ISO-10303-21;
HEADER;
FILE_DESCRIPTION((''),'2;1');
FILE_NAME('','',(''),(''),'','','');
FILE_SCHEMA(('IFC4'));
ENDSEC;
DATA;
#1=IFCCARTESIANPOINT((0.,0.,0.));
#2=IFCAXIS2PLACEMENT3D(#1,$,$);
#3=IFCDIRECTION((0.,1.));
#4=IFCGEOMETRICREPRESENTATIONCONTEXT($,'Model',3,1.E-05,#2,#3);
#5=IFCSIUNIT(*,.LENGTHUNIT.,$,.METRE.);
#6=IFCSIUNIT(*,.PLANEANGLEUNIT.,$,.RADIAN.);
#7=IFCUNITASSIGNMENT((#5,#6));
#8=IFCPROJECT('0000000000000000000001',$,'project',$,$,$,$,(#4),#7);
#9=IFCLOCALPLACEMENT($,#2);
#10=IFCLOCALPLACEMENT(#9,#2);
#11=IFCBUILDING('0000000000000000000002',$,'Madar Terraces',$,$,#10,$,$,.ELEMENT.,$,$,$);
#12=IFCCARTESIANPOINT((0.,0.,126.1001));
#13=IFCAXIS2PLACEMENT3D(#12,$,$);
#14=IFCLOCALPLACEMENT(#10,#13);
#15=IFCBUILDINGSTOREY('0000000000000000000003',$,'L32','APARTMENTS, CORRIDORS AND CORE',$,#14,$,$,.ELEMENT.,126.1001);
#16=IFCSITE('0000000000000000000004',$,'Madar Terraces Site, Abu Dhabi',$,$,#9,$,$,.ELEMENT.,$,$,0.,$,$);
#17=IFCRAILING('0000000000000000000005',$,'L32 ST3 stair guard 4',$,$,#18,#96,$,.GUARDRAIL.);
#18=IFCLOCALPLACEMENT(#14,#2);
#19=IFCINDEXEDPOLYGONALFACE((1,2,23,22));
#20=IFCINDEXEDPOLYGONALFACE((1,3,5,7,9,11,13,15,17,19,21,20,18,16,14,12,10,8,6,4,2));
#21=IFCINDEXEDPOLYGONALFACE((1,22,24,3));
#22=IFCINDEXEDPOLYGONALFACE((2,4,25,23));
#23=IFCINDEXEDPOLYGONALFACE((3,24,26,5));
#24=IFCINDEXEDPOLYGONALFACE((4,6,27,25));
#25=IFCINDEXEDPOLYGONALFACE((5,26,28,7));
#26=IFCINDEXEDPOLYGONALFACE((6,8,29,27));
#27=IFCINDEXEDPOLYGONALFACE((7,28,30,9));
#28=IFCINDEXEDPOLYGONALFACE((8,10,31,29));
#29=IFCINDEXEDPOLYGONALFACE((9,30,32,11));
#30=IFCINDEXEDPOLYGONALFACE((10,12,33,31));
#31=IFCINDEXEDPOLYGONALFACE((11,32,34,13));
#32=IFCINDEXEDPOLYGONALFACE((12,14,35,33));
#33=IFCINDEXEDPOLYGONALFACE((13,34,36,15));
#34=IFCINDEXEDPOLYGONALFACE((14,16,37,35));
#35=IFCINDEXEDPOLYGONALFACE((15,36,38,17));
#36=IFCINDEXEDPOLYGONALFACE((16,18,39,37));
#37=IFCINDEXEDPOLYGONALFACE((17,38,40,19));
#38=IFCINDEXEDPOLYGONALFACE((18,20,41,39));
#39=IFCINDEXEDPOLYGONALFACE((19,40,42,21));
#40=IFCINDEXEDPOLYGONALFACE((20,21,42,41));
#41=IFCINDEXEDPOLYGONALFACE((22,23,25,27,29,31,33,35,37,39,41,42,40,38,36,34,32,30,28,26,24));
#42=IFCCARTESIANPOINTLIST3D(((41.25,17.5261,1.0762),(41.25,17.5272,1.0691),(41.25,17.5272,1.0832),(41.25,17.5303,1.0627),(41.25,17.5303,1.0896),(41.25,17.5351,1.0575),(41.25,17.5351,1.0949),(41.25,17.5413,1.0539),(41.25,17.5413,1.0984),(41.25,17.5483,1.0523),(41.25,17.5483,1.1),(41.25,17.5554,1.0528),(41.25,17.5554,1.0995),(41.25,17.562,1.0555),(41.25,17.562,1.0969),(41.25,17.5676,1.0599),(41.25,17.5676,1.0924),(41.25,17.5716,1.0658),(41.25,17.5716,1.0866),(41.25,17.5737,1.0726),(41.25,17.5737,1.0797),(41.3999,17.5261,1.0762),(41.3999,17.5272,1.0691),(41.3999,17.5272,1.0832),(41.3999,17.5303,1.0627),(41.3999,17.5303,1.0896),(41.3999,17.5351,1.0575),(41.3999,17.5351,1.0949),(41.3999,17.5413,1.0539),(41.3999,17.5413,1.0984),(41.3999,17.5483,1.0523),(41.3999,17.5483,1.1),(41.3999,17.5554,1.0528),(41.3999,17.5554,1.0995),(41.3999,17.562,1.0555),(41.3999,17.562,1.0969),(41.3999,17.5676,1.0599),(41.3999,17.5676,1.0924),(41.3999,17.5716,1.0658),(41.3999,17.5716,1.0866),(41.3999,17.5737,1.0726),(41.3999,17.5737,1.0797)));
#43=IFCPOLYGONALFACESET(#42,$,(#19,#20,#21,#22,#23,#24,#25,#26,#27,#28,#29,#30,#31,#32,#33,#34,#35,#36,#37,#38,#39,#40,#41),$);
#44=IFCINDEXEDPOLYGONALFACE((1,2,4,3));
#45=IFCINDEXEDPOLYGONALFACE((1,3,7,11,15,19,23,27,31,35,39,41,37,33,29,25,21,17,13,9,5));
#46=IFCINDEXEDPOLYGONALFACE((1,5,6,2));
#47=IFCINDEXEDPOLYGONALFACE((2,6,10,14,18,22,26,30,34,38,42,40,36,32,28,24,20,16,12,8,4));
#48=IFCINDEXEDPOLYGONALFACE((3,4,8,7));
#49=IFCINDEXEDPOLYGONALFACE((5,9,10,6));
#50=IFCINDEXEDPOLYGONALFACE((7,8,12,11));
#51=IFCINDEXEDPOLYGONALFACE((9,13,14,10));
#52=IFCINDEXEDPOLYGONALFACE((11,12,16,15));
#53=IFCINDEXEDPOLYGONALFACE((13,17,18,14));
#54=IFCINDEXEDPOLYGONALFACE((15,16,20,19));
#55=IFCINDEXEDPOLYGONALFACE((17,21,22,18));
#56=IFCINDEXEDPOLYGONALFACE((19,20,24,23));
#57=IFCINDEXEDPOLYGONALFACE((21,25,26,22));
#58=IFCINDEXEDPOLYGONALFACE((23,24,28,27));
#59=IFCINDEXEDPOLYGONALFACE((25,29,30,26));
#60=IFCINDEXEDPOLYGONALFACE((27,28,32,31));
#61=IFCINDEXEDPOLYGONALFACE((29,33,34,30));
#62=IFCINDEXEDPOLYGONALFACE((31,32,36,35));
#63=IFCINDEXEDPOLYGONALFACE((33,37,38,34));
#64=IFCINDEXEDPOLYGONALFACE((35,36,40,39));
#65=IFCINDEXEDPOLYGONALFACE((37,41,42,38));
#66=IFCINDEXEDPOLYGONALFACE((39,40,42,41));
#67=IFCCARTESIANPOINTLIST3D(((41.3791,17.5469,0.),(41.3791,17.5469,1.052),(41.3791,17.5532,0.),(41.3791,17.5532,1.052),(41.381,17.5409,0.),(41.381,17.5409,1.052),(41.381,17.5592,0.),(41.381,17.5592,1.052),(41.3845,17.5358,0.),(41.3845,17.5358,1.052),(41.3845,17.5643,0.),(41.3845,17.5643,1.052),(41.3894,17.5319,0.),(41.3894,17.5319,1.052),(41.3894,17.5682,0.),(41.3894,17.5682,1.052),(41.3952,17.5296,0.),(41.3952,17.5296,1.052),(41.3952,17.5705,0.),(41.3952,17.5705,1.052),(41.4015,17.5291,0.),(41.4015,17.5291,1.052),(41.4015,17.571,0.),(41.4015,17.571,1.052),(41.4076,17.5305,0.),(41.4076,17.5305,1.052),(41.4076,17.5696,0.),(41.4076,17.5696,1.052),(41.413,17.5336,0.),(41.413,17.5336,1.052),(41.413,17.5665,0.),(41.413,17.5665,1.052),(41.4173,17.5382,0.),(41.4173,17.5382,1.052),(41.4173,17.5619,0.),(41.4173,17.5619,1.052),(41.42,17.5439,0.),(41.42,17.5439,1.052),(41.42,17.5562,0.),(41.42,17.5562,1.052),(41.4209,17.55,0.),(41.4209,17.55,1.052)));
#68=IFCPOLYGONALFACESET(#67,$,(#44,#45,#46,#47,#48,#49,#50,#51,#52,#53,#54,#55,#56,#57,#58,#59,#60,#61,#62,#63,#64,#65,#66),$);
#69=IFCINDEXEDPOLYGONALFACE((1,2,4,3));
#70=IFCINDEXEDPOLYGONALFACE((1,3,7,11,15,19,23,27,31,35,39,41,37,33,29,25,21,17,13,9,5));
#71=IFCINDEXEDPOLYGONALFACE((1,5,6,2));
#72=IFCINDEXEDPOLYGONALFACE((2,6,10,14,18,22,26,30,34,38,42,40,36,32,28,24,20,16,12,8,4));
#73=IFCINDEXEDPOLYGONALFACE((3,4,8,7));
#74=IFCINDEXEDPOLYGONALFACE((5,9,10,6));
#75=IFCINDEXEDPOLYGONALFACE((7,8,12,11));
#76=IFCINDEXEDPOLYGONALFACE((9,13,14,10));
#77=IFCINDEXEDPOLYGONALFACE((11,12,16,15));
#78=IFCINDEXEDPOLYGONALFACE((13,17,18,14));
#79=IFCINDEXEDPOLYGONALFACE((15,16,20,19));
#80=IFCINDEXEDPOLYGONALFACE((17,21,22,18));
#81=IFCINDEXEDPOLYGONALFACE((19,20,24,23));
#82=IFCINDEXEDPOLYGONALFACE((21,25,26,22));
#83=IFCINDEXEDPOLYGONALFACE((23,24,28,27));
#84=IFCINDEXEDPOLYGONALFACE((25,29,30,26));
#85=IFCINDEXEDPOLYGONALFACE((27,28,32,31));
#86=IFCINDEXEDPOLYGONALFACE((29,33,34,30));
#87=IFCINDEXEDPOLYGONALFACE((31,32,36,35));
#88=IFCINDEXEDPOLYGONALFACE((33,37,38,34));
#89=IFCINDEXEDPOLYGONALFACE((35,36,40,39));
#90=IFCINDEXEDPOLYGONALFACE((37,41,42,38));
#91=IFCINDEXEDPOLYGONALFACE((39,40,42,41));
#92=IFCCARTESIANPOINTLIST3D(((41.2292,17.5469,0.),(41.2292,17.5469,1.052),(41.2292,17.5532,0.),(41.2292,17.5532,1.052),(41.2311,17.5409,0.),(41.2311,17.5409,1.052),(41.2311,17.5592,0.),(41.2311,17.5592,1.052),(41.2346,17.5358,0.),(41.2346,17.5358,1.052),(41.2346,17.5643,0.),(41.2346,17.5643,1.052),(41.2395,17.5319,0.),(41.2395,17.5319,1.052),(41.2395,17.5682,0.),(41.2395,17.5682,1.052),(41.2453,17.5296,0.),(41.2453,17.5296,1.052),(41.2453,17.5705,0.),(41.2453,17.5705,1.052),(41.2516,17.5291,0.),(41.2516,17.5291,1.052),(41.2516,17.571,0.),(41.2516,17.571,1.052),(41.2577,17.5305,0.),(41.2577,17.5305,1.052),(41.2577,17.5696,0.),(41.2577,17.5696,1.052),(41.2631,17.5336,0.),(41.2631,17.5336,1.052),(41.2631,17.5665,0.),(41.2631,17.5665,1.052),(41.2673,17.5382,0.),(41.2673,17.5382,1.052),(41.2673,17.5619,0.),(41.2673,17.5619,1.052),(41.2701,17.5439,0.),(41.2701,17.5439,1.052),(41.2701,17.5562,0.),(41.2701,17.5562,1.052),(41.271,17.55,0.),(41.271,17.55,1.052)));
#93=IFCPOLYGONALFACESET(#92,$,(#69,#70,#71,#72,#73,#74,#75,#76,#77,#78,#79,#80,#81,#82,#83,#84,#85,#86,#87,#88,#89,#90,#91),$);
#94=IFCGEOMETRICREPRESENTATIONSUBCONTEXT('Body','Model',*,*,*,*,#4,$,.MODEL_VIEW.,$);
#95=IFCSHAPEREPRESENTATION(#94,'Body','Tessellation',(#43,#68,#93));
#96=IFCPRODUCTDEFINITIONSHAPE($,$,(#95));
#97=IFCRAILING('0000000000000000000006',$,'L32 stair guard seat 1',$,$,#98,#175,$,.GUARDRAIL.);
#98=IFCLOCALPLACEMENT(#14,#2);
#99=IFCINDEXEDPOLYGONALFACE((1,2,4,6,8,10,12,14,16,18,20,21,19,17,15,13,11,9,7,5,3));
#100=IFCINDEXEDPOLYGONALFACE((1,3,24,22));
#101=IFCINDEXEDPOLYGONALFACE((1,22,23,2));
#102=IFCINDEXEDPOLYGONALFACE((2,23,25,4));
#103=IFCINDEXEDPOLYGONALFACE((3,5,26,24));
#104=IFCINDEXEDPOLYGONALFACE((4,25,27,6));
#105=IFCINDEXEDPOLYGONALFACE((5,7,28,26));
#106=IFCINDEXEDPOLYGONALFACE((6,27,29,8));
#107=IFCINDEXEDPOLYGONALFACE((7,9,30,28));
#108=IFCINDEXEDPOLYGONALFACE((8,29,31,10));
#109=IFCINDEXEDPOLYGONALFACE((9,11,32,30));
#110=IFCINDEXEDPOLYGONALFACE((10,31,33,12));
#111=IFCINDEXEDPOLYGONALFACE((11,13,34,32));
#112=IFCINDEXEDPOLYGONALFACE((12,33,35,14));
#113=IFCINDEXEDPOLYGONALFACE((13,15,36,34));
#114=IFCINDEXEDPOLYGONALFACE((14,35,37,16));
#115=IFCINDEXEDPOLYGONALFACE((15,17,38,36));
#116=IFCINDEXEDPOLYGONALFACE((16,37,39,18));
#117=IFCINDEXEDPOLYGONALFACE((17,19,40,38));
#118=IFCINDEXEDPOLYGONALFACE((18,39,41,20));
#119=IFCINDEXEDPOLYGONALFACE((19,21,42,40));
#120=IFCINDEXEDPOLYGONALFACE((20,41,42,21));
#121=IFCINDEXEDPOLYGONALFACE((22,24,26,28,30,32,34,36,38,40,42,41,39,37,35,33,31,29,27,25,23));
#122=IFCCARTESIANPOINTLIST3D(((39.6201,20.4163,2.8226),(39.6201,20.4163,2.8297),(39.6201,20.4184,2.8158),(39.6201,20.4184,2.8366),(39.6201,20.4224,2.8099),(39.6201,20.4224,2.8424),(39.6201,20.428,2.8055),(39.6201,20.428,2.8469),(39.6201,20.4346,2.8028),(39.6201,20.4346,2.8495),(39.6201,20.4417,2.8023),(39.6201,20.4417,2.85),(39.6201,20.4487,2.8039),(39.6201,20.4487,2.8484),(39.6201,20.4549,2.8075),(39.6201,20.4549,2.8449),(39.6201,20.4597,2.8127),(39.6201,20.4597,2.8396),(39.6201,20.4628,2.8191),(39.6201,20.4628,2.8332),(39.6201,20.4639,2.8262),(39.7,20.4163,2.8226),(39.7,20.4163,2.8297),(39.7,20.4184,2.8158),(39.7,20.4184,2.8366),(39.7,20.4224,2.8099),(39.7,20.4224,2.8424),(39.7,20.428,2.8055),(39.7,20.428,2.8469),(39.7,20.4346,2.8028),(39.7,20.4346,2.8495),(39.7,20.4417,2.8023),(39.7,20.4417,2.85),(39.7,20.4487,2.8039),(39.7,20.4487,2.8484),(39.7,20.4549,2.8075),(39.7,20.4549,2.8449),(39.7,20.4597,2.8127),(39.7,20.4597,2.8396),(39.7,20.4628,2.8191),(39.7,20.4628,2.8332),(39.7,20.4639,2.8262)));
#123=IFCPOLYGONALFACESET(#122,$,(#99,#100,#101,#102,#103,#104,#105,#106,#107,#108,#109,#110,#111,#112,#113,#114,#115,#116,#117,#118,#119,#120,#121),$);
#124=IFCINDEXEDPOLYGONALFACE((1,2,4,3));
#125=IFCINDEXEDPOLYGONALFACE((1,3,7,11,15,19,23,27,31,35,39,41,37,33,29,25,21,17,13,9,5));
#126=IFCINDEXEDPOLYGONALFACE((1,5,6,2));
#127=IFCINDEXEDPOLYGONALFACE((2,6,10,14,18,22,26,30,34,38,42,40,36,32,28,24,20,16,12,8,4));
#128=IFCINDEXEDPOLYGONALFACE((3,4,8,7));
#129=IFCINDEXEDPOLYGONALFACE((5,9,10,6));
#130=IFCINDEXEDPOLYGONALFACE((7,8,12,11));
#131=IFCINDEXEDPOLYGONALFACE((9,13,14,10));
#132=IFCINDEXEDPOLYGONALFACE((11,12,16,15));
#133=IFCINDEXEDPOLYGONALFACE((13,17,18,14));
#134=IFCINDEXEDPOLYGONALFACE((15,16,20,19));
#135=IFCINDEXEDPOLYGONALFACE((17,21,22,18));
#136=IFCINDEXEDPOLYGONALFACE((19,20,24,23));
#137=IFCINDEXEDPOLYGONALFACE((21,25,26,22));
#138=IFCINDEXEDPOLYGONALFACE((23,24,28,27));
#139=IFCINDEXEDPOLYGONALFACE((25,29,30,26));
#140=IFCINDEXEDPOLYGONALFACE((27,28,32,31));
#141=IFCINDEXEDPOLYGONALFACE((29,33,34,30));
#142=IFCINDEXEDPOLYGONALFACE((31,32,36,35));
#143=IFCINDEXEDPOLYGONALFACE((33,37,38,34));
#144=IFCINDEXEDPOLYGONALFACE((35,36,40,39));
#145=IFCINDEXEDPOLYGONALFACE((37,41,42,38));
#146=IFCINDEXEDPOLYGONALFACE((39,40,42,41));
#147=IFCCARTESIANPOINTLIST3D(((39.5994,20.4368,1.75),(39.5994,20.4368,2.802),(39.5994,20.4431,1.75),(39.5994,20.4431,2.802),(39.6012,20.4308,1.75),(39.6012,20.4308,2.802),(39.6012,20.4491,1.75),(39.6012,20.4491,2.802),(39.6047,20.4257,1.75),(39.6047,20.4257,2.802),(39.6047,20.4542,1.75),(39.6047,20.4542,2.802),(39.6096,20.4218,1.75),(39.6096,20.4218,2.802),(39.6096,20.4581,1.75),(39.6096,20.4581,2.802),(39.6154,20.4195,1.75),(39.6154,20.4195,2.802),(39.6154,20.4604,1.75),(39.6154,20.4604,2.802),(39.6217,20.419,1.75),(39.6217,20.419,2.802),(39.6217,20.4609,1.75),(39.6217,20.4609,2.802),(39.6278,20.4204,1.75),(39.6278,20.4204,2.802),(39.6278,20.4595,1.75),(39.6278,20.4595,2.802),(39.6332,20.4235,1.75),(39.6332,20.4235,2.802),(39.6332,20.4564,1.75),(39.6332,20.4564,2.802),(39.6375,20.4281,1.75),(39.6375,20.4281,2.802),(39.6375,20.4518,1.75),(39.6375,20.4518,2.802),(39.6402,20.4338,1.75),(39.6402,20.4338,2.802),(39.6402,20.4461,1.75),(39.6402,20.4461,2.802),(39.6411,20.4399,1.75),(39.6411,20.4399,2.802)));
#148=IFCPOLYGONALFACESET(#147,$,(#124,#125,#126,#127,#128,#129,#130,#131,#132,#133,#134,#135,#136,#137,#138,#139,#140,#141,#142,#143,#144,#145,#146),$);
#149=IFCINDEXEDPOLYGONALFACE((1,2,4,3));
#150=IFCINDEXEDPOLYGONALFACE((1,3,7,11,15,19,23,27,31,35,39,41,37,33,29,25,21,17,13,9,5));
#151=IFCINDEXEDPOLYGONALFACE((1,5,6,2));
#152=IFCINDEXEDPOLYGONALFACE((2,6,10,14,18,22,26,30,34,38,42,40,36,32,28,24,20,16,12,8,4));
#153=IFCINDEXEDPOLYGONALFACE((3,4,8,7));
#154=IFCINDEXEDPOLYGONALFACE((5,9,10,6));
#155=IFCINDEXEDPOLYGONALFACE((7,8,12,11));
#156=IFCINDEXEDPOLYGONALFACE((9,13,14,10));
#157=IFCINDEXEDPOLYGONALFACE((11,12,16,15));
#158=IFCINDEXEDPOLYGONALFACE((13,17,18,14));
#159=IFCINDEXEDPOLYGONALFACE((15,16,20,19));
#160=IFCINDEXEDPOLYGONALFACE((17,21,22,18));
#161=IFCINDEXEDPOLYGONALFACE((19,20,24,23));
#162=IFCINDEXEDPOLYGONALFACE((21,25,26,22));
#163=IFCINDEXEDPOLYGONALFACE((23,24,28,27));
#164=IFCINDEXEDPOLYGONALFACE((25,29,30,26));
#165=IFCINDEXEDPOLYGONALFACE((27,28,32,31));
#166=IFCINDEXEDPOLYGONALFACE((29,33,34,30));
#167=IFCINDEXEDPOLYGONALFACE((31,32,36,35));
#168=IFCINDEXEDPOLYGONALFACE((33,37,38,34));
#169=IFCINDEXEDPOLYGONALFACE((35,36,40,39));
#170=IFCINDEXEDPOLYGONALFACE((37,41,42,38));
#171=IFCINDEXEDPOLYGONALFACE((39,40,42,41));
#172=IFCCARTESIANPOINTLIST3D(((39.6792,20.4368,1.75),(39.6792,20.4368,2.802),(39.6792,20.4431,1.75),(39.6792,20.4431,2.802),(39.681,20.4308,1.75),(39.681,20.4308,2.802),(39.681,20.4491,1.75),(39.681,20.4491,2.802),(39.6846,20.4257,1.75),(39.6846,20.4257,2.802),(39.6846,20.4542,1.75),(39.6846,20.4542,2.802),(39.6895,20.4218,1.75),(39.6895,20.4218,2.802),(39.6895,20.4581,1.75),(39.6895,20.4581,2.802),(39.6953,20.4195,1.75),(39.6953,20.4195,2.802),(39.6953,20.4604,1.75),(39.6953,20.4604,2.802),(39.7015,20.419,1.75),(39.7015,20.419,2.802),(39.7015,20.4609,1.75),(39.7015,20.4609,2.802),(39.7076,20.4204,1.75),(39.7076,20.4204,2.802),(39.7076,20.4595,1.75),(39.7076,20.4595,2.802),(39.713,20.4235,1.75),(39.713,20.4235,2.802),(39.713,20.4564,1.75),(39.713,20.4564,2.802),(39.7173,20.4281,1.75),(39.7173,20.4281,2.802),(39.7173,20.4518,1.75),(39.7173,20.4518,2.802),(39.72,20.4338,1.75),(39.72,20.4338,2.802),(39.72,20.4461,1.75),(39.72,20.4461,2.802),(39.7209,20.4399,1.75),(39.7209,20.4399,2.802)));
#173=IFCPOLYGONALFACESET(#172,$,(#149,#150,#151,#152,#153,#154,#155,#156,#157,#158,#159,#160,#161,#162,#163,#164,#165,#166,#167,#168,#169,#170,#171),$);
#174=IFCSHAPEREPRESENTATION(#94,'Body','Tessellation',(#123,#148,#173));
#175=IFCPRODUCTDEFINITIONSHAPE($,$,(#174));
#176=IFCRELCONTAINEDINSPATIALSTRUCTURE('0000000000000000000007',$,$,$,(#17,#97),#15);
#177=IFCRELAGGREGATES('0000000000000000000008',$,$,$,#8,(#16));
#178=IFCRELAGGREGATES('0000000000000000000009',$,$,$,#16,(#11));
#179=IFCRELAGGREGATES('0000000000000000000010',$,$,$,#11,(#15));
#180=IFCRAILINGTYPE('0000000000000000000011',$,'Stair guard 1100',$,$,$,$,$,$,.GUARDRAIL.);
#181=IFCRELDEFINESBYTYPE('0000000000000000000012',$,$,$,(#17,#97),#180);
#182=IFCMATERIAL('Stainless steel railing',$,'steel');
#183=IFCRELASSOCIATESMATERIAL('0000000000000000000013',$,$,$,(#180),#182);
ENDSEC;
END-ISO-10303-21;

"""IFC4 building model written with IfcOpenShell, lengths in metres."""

from ifc_helpers import new_model, si_unit, direction, frame, origin, origin_2d, place, context, subcontext, project, spatial, circle, extrude, material, type_object, element, save


model = new_model("IFC4")

# Units and contexts
model_context = context("Model", 3, precision=1e-05, world=origin(), true_north=direction((0.0, 1.0)))
body_context = subcontext(model_context, "Body", "Model", "MODEL_VIEW")
ifc_project = project(units=[si_unit("LENGTHUNIT", "METRE"), si_unit("PLANEANGLEUNIT", "RADIAN")], contexts=[model_context])

# Site, building, storey
site_placement = place(None, origin())
site = spatial("IfcSite", under=ifc_project, at=site_placement, Name="Madar Terraces Site, Abu Dhabi", CompositionType="ELEMENT", RefElevation=0.0)
building_placement = place(site_placement, origin())
building = spatial("IfcBuilding", under=site, at=building_placement, Name="Madar Terraces", CompositionType="ELEMENT")
storey_placement = place(building_placement, frame((0.0, 0.0, 126.1001)))
storey = spatial("IfcBuildingStorey", under=building, at=storey_placement, Name="L32", Description="APARTMENTS, CORRIDORS AND CORE", CompositionType="ELEMENT", Elevation=126.1001)

# Railings
ifc_material_1 = material(Name="Stainless steel railing", Category="steel")
railing_type_1 = type_object("IfcRailingType", Name="Stair guard 1100", PredefinedType="GUARDRAIL", material=ifc_material_1)
railing_1_placement = place(storey_placement, frame((41.3999, 17.55, 0.0)))
element("IfcRailing", 1, at=railing_1_placement, inside=storey, type_object=railing_type_1, Name="L32 ST3 stair guard 4", PredefinedType="GUARDRAIL", context=body_context, shape_type="SweptSolid", body=[
    extrude(circle(Radius=0.0239, at=origin_2d()), frame((0.0, 0.0, 1.0762), z_axis=(-1.0, 0.0, 0.0), x_axis=(0.0, -1.0, 0.0)), (0.0, 0.0, 1.0), 0.1499),
    extrude(circle(Radius=0.021, at=origin_2d()), origin(), (0.0, 0.0, 1.0), 1.052),
    extrude(circle(Radius=0.021, at=origin_2d()), frame((-0.1499, 0.0, 0.0)), (0.0, 0.0, 1.0), 1.052),
])
railing_2_placement = place(storey_placement, frame((39.6201, 20.4399, 1.75)))
element("IfcRailing", 2, at=railing_2_placement, inside=storey, type_object=railing_type_1, Name="L32 stair guard seat 1", PredefinedType="GUARDRAIL", context=body_context, shape_type="SweptSolid", body=[
    extrude(circle(Radius=0.0239, at=origin_2d()), frame((0.0, 0.0, 1.0762), z_axis=(1.0, 0.0, 0.0), x_axis=(0.0, 1.0, 0.0)), (0.0, 0.0, 1.0), 0.0798),
    extrude(circle(Radius=0.021, at=origin_2d()), origin(), (0.0, 0.0, 1.0), 1.052),
    extrude(circle(Radius=0.021, at=origin_2d()), frame((0.0798, 0.0, 0.0)), (0.0, 0.0, 1.0), 1.052),
])

save(model, "model.ifc")
